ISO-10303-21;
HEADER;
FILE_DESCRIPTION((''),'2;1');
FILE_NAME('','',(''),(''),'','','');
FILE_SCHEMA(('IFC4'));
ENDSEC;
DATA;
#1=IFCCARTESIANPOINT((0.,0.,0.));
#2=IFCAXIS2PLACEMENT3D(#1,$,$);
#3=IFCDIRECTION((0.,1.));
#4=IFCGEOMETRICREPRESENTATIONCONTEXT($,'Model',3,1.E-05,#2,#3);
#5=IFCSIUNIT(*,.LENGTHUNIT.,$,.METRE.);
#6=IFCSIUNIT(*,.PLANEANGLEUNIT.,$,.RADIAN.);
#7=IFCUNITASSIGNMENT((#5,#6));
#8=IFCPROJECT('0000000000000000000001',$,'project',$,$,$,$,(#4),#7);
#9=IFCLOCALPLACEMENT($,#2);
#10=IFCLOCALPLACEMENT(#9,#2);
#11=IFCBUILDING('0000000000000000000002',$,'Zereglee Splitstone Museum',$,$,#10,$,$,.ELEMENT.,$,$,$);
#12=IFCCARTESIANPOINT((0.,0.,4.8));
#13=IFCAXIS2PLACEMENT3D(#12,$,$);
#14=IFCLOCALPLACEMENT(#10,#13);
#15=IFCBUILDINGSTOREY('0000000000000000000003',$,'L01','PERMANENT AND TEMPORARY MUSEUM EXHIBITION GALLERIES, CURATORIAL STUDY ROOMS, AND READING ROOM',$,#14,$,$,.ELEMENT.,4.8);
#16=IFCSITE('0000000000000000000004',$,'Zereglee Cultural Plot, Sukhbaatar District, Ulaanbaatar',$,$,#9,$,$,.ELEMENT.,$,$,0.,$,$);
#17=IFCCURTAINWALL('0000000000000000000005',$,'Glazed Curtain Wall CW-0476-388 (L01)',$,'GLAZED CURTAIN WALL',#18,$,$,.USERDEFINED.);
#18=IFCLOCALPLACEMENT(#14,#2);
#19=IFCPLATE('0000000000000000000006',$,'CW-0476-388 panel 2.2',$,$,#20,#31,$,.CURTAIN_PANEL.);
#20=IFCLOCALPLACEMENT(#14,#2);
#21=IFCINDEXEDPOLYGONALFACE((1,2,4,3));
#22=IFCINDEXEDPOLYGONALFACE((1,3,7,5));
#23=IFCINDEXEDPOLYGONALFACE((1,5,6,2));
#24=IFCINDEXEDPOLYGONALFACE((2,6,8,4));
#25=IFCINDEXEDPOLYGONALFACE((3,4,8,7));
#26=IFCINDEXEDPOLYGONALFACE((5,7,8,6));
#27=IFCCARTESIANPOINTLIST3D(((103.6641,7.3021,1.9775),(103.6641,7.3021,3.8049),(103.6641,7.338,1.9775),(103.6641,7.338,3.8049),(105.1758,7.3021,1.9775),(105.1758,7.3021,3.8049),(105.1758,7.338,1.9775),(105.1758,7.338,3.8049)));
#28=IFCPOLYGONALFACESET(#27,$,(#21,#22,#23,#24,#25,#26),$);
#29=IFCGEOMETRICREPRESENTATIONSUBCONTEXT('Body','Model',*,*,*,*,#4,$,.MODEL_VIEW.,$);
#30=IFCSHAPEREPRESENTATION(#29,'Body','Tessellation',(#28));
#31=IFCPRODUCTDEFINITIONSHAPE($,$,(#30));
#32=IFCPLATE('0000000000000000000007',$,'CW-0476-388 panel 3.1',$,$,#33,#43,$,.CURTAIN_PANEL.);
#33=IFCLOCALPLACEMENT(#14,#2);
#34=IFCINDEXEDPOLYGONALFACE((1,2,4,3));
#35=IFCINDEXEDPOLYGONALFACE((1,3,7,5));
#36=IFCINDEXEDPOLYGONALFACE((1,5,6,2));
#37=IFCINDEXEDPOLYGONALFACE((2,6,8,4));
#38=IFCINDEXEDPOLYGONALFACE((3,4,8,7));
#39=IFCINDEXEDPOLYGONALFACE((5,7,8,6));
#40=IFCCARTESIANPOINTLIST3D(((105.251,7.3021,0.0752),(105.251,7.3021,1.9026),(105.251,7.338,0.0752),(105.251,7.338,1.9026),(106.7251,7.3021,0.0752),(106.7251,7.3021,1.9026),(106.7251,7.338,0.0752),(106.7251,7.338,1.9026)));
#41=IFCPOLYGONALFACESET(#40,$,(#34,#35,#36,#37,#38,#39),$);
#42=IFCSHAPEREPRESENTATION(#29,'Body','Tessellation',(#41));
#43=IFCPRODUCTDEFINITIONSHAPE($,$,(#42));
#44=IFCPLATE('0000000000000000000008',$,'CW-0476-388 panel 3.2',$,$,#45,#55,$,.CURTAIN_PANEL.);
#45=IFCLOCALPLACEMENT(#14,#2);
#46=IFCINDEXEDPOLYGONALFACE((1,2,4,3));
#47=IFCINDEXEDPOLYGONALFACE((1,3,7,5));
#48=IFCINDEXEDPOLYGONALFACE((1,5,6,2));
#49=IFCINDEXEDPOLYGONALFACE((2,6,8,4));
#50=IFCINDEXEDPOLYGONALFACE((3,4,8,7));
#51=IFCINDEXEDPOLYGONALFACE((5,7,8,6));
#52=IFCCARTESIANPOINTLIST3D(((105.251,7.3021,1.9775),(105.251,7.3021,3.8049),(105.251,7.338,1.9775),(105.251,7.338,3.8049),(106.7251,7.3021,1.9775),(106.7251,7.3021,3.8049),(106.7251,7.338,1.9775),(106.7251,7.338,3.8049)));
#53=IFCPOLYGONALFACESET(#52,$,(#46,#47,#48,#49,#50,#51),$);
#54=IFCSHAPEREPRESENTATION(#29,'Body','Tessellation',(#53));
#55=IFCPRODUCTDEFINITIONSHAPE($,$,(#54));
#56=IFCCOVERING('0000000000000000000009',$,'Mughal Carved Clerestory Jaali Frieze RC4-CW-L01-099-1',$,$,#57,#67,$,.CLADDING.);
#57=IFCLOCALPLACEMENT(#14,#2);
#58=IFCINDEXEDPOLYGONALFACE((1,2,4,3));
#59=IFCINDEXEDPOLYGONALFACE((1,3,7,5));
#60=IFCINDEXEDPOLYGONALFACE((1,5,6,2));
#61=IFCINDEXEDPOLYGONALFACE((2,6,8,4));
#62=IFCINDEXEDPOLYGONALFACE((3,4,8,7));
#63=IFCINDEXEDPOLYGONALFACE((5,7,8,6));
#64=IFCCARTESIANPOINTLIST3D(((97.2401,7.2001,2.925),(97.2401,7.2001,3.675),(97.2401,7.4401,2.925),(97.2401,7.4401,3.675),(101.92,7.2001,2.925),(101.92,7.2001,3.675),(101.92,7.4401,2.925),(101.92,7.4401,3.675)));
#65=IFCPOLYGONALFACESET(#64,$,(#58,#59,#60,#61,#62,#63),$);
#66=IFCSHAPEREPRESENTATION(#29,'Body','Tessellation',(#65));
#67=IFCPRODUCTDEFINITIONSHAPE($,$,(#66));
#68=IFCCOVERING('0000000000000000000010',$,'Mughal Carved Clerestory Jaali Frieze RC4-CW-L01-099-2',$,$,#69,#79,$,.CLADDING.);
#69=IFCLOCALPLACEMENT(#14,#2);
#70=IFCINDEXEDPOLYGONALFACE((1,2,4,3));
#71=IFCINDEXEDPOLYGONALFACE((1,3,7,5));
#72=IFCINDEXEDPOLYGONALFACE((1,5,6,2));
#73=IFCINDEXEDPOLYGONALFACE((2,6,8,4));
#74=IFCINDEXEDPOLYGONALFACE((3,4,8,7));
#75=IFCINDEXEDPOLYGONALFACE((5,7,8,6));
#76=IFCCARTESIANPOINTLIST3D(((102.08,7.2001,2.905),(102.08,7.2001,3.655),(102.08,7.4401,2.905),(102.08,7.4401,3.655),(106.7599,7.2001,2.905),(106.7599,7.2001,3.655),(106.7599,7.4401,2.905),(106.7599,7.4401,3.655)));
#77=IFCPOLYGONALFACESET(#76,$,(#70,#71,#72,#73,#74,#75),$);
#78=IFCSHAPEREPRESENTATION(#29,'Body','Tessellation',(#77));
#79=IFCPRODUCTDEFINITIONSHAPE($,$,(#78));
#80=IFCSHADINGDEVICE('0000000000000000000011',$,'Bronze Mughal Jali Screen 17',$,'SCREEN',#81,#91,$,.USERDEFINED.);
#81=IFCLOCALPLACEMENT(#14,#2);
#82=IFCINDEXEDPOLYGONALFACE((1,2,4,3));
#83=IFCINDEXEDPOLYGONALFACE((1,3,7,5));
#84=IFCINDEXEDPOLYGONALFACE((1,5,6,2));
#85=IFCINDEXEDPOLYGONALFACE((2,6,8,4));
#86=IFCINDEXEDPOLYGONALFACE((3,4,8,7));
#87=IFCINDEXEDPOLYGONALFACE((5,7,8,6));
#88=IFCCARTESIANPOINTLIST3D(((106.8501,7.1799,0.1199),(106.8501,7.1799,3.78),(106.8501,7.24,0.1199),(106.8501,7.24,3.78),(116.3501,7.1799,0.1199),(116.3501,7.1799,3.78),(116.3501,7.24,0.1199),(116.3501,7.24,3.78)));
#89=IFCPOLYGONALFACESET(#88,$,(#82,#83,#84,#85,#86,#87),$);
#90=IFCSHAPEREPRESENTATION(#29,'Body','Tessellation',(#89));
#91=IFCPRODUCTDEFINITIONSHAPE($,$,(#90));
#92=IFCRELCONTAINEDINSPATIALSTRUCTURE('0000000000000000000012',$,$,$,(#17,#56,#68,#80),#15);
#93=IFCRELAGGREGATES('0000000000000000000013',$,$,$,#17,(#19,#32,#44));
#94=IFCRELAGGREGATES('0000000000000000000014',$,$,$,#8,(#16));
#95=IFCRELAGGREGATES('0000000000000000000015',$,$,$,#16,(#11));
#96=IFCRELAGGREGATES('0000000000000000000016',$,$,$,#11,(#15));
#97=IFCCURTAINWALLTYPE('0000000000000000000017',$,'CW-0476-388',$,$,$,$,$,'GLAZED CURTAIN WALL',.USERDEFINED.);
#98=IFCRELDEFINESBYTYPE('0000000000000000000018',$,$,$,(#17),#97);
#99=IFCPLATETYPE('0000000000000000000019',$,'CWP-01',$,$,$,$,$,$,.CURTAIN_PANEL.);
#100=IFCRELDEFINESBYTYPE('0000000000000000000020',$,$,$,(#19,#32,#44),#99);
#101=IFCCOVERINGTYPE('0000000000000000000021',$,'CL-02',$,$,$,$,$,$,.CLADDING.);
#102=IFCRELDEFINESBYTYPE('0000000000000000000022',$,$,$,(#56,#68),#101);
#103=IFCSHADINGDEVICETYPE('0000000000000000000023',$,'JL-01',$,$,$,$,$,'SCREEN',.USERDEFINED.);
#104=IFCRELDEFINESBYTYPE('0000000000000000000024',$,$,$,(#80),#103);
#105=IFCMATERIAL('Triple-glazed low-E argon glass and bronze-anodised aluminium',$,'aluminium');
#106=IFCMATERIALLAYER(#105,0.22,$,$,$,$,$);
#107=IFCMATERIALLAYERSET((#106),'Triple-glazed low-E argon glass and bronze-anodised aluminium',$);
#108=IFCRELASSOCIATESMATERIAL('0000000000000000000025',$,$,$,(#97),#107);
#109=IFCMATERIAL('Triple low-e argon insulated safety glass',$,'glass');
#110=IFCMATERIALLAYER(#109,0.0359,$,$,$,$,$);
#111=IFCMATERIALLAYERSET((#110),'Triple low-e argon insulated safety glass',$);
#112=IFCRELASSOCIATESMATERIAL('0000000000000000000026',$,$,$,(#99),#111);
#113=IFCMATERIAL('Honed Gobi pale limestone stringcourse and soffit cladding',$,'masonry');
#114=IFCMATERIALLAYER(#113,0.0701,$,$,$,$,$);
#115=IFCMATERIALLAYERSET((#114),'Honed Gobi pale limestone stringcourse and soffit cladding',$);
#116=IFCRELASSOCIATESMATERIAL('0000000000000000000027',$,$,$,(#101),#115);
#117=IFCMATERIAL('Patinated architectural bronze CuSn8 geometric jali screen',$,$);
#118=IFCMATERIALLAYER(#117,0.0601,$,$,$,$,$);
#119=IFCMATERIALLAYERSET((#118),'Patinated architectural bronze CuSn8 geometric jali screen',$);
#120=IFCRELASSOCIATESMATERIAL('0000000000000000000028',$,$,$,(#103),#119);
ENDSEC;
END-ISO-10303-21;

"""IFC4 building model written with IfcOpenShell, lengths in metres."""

from ifc_helpers import new_model, si_unit, direction, frame, origin, origin_2d, place, context, subcontext, project, spatial, polyline, rectangle, outline, extrude, material, layer, layer_set, type_object, element, aggregate, save


model = new_model("IFC4")

# Units and contexts
model_context = context("Model", 3, precision=1e-05, world=origin(), true_north=direction((0.0, 1.0)))
body_context = subcontext(model_context, "Body", "Model", "MODEL_VIEW")
ifc_project = project(units=[si_unit("LENGTHUNIT", "METRE"), si_unit("PLANEANGLEUNIT", "RADIAN")], contexts=[model_context])

# Site, building, storey
site_placement = place(None, origin())
site = spatial("IfcSite", under=ifc_project, at=site_placement, Name="Zereglee Cultural Plot, Sukhbaatar District, Ulaanbaatar", CompositionType="ELEMENT", RefElevation=0.0)
building_placement = place(site_placement, origin())
building = spatial("IfcBuilding", under=site, at=building_placement, Name="Zereglee Splitstone Museum", CompositionType="ELEMENT")
storey_placement = place(building_placement, frame((0.0, 0.0, 4.8)))
storey = spatial("IfcBuildingStorey", under=building, at=storey_placement, Name="L01", Description="PERMANENT AND TEMPORARY MUSEUM EXHIBITION GALLERIES, CURATORIAL STUDY ROOMS, AND READING ROOM", CompositionType="ELEMENT", Elevation=4.8)

# Curtain wall
ifc_material_1 = material(Name="Triple-glazed low-E argon glass and bronze-anodised aluminium", Category="aluminium")
ifc_layer_1 = layer(ifc_material_1, 0.22)
ifc_layer_set_1 = layer_set([ifc_layer_1], Name="Triple-glazed low-E argon glass and bronze-anodised aluminium")
curtain_wall_type_1 = type_object("IfcCurtainWallType", Name="CW-0476-388", ElementType="GLAZED CURTAIN WALL", PredefinedType="USERDEFINED", material=ifc_layer_set_1)
curtain_wall_1_placement = place(storey_placement, origin())
curtain_wall_1 = element("IfcCurtainWall", 1, at=curtain_wall_1_placement, inside=storey, type_object=curtain_wall_type_1, Name="Glazed Curtain Wall CW-0476-388 (L01)", ObjectType="GLAZED CURTAIN WALL", PredefinedType="USERDEFINED")

# Plates
ifc_material_2 = material(Name="Triple low-e argon insulated safety glass", Category="glass")
ifc_layer_2 = layer(ifc_material_2, 0.0359)
ifc_layer_set_2 = layer_set([ifc_layer_2], Name="Triple low-e argon insulated safety glass")
plate_type = type_object("IfcPlateType", Name="CWP-01", PredefinedType="CURTAIN_PANEL", material=ifc_layer_set_2)
plate_1_placement = place(storey_placement, frame((104.4199, 7.3201, 1.9775), z_axis=(0.0, 0.0, 1.0), x_axis=(1.0, 0.0, 0.0)))
plate_1 = element("IfcPlate", 2, at=plate_1_placement, type_object=plate_type, Name="CW-0476-388 panel 2.2", PredefinedType="CURTAIN_PANEL", context=body_context, shape_type="SweptSolid", body=[
    extrude(rectangle(XDim=1.5117, YDim=0.0359, at=origin_2d()), origin(), (0.0, 0.0, 1.0), 1.8274),
])
plate_2_placement = place(storey_placement, frame((105.988, 7.3201, 0.0752), z_axis=(0.0, 0.0, 1.0), x_axis=(1.0, 0.0, 0.0)))
plate_2 = element("IfcPlate", 3, at=plate_2_placement, type_object=plate_type, Name="CW-0476-388 panel 3.1", PredefinedType="CURTAIN_PANEL", context=body_context, shape_type="SweptSolid", body=[
    extrude(rectangle(XDim=1.4741, YDim=0.0359, at=origin_2d()), origin(), (0.0, 0.0, 1.0), 1.8274),
])
plate_3_placement = place(storey_placement, frame((105.988, 7.3201, 1.9775), z_axis=(0.0, 0.0, 1.0), x_axis=(1.0, 0.0, 0.0)))
plate_3 = element("IfcPlate", 4, at=plate_3_placement, type_object=plate_type, Name="CW-0476-388 panel 3.2", PredefinedType="CURTAIN_PANEL", context=body_context, shape_type="SweptSolid", body=[
    extrude(rectangle(XDim=1.4741, YDim=0.0359, at=origin_2d()), origin(), (0.0, 0.0, 1.0), 1.8274),
])
aggregate(curtain_wall_1, [plate_1, plate_2, plate_3])

# Coverings
ifc_material_3 = material(Name="Honed Gobi pale limestone stringcourse and soffit cladding", Category="masonry")
ifc_layer_3 = layer(ifc_material_3, 0.0701)
ifc_layer_set_3 = layer_set([ifc_layer_3], Name="Honed Gobi pale limestone stringcourse and soffit cladding")
covering_type = type_object("IfcCoveringType", Name="CL-02", PredefinedType="CLADDING", material=ifc_layer_set_3)
for number, where, z_axis, x_axis, name in (
    (5, (99.5801, 7.3201, 2.925), (0.0, 0.0, 1.0), (1.0, 0.0, 0.0), "Mughal Carved Clerestory Jaali Frieze RC4-CW-L01-099-1"),
    (6, (104.4199, 7.3201, 2.905), (0.0, 0.0, 1.0), (1.0, 0.0, 0.0), "Mughal Carved Clerestory Jaali Frieze RC4-CW-L01-099-2"),
):
    element("IfcCovering", number, at=place(storey_placement, frame(where, z_axis=z_axis, x_axis=x_axis)), inside=storey, type_object=covering_type, Name=name, PredefinedType="CLADDING", context=body_context, shape_type="SweptSolid", body=[
        extrude(rectangle(XDim=4.6799, YDim=0.24, at=origin_2d()), origin(), (0.0, 0.0, 1.0), 0.75),
    ])

# Shading device
ifc_material_4 = material(Name="Patinated architectural bronze CuSn8 geometric jali screen")
ifc_layer_4 = layer(ifc_material_4, 0.0601)
ifc_layer_set_4 = layer_set([ifc_layer_4], Name="Patinated architectural bronze CuSn8 geometric jali screen")
shading_device_type = type_object("IfcShadingDeviceType", Name="JL-01", ElementType="SCREEN", PredefinedType="USERDEFINED", material=ifc_layer_set_4)
shading_device_placement = place(storey_placement, frame((106.8501, 7.24, 0.1199), z_axis=(0.0, -1.0, 0.0), x_axis=(1.0, 0.0, 0.0)))
element("IfcShadingDevice", 7, at=shading_device_placement, inside=storey, type_object=shading_device_type, Name="Bronze Mughal Jali Screen 17", ObjectType="SCREEN", PredefinedType="USERDEFINED", context=body_context, shape_type="SweptSolid", body=[
    extrude(outline(polyline([(0.0, 0.0), (9.5, 0.0), (9.5, 3.6602), (0.0, 3.6602), (0.0, 0.0)])), origin(), (0.0, 0.0, 1.0), 0.0601),
])

save(model, "model.ifc")
